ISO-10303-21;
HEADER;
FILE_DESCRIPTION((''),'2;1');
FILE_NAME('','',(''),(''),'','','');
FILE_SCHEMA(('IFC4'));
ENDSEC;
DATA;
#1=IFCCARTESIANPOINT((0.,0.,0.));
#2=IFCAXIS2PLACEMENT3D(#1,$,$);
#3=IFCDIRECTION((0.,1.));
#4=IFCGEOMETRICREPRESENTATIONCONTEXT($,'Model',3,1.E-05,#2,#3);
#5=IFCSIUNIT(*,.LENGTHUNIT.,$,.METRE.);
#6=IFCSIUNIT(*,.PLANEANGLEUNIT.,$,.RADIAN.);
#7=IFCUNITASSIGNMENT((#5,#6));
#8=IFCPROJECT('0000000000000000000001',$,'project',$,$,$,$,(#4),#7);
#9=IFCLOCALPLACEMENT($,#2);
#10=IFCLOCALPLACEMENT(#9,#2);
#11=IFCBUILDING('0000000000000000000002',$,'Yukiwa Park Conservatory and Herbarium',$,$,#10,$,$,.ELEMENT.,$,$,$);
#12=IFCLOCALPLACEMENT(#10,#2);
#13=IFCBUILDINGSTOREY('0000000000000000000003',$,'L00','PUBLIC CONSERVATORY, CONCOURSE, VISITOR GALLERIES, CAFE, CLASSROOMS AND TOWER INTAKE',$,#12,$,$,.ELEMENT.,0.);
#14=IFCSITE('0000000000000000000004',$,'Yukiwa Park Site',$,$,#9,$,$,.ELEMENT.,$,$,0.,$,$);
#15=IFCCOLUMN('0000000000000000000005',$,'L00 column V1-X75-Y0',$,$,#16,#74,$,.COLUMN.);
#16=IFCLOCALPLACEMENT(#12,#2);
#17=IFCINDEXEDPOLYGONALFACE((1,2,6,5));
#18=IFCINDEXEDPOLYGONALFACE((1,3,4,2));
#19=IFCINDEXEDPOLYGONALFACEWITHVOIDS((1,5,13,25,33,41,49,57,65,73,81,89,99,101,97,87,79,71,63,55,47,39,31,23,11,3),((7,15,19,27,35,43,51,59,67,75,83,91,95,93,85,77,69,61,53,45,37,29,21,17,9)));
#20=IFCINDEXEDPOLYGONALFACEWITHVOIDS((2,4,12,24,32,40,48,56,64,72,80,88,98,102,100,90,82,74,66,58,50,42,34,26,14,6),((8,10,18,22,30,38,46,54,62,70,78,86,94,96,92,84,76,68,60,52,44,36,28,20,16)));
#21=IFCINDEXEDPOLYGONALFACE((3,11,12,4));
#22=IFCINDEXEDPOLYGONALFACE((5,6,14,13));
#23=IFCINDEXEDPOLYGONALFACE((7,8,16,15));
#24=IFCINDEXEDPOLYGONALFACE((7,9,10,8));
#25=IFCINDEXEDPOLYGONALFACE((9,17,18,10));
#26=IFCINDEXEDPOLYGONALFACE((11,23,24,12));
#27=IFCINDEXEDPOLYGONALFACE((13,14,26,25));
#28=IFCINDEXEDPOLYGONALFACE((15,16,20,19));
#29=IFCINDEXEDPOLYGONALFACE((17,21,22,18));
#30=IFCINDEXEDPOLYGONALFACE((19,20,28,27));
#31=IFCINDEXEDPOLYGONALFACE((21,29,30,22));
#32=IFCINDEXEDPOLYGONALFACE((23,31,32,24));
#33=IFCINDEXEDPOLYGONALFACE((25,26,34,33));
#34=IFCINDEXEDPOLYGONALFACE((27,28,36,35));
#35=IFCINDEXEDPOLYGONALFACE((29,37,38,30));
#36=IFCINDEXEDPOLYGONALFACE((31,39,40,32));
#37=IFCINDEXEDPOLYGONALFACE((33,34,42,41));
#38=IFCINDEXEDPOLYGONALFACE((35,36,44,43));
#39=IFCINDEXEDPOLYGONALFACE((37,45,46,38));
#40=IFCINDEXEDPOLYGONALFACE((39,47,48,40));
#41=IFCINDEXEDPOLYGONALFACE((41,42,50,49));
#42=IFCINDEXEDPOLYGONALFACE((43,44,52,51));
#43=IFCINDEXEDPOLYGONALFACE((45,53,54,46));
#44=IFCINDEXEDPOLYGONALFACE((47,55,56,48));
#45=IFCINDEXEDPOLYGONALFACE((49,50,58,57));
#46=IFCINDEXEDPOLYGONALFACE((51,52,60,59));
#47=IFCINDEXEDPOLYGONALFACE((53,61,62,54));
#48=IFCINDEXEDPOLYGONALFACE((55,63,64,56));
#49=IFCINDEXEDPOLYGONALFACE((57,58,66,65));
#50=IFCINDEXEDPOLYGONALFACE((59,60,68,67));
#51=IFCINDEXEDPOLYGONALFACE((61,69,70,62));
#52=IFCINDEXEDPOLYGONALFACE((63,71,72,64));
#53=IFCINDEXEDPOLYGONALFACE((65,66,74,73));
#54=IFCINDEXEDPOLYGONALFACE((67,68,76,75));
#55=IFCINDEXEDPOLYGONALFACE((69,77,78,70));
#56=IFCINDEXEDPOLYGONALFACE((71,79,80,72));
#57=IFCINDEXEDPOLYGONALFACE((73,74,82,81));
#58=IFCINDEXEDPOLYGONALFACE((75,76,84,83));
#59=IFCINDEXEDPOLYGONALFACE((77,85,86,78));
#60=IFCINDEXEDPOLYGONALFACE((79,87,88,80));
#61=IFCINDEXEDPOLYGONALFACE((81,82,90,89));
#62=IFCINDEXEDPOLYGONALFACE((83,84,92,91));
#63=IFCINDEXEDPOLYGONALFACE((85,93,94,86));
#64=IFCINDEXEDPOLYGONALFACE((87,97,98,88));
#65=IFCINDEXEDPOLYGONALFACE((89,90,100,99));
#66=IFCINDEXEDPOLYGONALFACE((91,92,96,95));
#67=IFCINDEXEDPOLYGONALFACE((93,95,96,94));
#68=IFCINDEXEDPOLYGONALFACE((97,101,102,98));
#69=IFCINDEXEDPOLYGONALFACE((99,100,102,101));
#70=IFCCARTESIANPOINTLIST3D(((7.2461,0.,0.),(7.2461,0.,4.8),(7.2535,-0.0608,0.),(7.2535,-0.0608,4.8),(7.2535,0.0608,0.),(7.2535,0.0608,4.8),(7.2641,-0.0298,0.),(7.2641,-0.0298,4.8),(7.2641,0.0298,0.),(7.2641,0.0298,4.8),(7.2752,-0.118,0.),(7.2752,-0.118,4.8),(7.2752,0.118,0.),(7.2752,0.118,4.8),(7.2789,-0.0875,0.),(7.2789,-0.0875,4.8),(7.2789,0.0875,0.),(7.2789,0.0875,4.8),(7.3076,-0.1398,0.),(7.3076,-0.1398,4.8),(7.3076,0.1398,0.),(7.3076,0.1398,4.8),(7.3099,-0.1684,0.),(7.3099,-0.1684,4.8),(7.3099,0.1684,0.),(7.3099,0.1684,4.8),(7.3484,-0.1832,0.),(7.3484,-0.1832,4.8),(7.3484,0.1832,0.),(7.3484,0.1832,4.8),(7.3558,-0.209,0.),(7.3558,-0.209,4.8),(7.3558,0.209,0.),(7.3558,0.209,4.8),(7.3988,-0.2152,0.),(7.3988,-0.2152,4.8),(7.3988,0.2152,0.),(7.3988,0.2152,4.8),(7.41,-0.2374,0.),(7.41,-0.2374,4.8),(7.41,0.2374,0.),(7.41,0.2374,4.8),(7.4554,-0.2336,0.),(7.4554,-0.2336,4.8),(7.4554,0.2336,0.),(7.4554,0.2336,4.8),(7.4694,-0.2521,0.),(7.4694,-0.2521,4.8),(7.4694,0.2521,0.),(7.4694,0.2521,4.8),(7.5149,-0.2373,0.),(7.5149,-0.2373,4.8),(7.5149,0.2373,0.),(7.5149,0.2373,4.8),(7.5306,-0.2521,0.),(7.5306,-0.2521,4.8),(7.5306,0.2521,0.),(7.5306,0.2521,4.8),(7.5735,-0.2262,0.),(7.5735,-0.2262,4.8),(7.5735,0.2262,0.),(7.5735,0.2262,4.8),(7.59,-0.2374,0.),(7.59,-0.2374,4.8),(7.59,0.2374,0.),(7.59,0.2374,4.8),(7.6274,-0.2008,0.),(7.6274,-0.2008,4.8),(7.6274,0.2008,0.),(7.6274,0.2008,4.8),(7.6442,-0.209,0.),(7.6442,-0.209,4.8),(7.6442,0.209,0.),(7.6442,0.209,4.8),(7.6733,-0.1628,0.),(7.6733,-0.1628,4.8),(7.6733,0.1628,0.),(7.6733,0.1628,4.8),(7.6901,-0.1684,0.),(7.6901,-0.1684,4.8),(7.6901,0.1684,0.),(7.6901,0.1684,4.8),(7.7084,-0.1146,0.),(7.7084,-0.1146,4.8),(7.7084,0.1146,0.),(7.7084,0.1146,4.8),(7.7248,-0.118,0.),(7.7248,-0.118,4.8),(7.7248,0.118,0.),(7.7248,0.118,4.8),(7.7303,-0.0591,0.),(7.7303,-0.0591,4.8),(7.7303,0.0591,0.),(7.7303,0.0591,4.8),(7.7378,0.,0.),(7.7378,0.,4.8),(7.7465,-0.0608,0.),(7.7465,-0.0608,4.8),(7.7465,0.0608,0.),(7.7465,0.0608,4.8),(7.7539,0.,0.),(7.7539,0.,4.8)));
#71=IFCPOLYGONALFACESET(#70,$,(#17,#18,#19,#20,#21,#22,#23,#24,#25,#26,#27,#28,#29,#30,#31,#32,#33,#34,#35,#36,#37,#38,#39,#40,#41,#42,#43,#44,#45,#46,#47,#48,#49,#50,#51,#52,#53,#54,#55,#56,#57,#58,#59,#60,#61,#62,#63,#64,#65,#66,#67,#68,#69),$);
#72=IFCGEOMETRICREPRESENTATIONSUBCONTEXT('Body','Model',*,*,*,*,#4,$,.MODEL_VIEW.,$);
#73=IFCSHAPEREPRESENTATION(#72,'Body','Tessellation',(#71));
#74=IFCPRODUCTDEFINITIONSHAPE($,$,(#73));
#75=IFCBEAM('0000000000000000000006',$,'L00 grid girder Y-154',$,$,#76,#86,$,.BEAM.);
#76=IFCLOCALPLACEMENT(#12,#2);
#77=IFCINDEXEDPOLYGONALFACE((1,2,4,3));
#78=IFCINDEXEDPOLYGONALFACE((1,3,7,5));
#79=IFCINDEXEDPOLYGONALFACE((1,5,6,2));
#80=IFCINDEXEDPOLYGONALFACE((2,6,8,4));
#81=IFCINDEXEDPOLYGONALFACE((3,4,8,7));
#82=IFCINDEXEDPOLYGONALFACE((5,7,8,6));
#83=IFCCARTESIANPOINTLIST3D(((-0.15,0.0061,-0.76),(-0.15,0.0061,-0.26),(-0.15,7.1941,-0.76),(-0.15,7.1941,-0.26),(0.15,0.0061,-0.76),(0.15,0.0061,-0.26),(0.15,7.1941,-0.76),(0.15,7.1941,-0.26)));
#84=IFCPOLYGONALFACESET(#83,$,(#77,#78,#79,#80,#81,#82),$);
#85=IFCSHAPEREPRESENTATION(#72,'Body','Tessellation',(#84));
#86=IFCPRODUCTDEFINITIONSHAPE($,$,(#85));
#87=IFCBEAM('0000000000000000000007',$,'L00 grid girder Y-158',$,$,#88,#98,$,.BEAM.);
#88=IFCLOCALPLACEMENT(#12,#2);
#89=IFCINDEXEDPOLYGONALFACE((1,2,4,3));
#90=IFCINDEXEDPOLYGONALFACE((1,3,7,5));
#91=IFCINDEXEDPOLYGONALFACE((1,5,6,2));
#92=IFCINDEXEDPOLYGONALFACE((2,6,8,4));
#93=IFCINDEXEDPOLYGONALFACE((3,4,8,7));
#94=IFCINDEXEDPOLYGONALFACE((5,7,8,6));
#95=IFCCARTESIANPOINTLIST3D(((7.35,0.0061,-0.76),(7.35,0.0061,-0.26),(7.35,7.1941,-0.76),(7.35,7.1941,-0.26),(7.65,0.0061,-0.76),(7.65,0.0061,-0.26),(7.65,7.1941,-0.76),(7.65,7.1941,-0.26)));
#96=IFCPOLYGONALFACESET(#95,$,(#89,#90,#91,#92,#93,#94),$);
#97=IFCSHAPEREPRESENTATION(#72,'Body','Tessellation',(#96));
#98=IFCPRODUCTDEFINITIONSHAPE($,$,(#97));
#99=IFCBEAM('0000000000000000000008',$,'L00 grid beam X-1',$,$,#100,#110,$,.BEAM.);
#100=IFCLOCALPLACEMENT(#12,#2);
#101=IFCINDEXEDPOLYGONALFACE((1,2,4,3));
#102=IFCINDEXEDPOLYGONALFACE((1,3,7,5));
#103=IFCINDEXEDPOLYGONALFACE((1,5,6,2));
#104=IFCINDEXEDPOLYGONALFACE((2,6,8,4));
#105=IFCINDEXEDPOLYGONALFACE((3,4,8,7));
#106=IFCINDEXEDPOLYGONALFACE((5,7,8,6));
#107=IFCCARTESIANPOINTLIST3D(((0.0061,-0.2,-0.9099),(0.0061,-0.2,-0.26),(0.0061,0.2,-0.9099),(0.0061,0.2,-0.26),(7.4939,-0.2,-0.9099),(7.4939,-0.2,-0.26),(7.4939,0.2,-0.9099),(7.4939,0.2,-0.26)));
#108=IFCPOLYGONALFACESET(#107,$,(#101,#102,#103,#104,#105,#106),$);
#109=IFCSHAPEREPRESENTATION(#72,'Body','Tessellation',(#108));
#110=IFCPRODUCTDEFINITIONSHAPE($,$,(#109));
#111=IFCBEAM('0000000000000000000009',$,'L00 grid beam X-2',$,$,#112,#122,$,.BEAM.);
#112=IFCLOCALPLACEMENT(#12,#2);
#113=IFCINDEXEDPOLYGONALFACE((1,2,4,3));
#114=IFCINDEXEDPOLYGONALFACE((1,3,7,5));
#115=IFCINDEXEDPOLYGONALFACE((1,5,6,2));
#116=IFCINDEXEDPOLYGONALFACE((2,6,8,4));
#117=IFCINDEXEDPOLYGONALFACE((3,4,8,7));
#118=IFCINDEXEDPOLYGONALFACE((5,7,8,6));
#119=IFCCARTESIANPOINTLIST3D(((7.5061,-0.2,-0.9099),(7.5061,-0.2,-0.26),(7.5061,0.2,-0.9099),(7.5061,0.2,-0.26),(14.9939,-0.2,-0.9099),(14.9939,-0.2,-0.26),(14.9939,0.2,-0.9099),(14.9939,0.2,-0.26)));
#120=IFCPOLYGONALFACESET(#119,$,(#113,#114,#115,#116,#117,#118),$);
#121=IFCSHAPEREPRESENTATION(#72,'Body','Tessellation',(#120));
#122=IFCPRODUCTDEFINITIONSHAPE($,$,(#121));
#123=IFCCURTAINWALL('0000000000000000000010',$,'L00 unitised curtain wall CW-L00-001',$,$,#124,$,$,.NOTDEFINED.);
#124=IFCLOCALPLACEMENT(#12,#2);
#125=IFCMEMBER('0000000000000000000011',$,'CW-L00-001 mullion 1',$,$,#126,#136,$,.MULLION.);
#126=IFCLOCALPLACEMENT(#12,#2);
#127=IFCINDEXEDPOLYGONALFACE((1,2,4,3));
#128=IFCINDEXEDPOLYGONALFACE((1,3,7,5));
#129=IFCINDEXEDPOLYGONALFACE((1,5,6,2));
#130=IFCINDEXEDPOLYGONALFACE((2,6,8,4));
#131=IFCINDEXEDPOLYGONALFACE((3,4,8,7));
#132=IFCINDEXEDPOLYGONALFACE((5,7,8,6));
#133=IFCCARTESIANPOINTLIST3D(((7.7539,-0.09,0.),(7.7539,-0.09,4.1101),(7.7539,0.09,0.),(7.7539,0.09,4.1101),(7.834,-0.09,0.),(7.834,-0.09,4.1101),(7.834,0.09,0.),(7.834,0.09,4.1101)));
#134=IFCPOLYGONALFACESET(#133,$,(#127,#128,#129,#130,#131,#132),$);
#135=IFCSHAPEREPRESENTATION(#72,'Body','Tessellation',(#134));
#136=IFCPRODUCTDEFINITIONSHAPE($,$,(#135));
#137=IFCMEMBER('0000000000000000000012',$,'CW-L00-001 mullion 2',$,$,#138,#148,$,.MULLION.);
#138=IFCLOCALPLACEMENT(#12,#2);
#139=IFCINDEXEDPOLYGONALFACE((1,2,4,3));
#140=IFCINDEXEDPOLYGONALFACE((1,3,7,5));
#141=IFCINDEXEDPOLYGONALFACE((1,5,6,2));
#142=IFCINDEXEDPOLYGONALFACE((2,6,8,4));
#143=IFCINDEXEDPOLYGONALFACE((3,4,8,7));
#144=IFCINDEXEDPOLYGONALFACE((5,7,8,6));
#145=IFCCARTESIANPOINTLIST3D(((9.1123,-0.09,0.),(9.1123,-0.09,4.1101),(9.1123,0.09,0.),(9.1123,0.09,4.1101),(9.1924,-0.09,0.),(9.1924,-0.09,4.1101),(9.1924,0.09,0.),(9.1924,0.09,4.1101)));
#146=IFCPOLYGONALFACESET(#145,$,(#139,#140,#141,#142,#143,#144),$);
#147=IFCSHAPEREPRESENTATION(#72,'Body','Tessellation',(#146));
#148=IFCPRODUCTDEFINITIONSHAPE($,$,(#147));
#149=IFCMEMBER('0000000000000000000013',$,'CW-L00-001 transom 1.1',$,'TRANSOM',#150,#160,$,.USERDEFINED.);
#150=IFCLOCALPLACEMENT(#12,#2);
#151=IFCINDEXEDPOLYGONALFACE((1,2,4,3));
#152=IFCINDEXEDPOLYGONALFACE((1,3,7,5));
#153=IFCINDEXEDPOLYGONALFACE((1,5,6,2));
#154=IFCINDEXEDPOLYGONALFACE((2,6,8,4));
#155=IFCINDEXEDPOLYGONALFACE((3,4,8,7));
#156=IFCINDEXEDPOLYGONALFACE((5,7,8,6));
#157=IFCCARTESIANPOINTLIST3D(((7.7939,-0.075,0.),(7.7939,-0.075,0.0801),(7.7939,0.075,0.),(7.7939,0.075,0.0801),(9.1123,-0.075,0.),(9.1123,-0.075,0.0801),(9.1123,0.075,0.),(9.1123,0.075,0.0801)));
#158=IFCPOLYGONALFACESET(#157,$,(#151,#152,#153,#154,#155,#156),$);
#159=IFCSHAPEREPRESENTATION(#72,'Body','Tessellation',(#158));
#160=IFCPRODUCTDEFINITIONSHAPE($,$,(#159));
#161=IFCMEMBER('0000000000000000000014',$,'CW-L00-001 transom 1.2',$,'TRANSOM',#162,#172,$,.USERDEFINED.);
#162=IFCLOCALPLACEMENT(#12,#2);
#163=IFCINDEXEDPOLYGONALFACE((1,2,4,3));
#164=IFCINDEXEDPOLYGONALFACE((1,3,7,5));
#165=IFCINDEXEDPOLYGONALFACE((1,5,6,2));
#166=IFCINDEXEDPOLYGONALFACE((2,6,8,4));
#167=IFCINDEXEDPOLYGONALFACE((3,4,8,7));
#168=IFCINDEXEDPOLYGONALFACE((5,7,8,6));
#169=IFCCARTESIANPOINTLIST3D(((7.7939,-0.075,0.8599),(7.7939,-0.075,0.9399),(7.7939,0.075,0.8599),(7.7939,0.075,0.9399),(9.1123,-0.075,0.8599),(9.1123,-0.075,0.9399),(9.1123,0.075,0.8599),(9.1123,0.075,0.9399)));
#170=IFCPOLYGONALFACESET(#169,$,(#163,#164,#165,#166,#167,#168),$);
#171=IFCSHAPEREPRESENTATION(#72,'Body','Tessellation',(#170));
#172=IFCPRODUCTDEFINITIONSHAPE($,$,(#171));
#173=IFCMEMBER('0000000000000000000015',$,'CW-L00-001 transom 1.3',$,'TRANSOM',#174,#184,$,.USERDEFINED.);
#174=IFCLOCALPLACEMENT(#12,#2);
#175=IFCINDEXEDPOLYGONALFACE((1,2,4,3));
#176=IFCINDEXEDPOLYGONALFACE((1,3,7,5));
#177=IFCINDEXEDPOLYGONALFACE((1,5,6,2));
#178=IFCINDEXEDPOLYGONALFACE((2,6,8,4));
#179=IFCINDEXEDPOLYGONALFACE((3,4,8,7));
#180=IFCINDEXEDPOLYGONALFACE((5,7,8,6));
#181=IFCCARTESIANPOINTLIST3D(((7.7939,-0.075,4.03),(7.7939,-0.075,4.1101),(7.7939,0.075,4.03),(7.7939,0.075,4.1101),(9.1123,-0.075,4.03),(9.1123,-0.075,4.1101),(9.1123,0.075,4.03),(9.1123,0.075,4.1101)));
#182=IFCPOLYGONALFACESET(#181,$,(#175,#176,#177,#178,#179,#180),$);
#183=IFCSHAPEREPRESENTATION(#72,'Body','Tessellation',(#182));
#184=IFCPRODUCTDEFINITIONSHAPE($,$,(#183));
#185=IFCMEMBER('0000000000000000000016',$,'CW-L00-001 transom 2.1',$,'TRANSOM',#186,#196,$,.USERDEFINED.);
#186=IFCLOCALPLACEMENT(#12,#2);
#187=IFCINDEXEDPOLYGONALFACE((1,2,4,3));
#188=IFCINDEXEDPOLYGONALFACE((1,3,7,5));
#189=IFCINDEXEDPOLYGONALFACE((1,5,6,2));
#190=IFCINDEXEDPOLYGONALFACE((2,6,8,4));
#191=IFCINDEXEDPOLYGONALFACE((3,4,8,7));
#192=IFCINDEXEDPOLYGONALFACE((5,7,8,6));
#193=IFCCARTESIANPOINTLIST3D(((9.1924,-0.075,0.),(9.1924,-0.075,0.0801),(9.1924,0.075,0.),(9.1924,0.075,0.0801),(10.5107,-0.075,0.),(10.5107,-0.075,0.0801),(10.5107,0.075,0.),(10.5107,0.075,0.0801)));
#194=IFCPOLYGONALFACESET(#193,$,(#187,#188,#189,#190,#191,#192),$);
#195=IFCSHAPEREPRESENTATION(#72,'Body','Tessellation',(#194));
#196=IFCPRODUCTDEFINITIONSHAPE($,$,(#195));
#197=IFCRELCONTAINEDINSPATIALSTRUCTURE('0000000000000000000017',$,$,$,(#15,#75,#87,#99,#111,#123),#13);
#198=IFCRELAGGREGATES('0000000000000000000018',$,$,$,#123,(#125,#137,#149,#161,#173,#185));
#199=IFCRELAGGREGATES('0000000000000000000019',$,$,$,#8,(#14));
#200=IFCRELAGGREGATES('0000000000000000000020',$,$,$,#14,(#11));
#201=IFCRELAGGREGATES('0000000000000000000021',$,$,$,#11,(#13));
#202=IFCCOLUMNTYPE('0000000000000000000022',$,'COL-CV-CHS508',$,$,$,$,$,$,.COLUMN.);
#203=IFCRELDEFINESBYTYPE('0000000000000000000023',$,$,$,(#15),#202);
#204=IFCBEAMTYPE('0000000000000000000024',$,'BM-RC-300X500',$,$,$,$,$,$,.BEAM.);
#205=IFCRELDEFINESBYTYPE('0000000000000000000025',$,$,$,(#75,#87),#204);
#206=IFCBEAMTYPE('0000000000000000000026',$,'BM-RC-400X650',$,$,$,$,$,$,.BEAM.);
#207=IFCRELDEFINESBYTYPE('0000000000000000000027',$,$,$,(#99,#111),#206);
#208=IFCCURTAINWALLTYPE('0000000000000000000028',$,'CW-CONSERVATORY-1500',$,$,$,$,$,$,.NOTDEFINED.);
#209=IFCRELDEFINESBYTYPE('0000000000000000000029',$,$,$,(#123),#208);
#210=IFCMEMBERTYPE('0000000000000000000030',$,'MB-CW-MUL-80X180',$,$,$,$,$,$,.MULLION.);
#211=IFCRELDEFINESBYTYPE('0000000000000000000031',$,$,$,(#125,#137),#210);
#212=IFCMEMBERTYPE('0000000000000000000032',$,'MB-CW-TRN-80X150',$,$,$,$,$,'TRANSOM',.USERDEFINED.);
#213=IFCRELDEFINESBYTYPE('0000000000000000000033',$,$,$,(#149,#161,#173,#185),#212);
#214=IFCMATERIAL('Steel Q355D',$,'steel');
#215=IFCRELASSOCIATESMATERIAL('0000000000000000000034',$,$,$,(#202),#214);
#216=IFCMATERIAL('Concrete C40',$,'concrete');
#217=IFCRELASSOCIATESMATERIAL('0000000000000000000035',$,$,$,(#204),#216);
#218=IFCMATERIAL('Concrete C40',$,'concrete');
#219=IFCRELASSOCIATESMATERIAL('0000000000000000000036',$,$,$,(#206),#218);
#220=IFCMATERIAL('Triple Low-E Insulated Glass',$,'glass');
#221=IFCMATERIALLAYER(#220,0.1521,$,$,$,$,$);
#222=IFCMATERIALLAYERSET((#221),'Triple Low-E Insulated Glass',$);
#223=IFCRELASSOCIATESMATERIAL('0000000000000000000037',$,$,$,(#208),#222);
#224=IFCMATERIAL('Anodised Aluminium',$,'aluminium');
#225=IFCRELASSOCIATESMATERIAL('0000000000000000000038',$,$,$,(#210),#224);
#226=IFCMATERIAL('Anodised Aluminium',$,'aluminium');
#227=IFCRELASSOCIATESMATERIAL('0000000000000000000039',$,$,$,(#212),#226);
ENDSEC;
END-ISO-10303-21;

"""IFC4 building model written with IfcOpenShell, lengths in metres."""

from ifc_helpers import new_model, si_unit, direction, frame, origin, origin_2d, place, context, subcontext, project, spatial, rectangle, hollow_circle, extrude, material, layer, layer_set, material_profile, profile_set, type_object, element, aggregate, save


model = new_model("IFC4")

# Units and contexts
model_context = context("Model", 3, precision=1e-05, world=origin(), true_north=direction((0.0, 1.0)))
body_context = subcontext(model_context, "Body", "Model", "MODEL_VIEW")
ifc_project = project(units=[si_unit("LENGTHUNIT", "METRE"), si_unit("PLANEANGLEUNIT", "RADIAN")], contexts=[model_context])

# Site, building, storey
site_placement = place(None, origin())
site = spatial("IfcSite", under=ifc_project, at=site_placement, Name="Yukiwa Park Site", CompositionType="ELEMENT", RefElevation=0.0)
building_placement = place(site_placement, origin())
building = spatial("IfcBuilding", under=site, at=building_placement, Name="Yukiwa Park Conservatory and Herbarium", CompositionType="ELEMENT")
storey_placement = place(building_placement, origin())
storey = spatial("IfcBuildingStorey", under=building, at=storey_placement, Name="L00", Description="PUBLIC CONSERVATORY, CONCOURSE, VISITOR GALLERIES, CAFE, CLASSROOMS AND TOWER INTAKE", CompositionType="ELEMENT", Elevation=0.0)

# Column
ifc_material_1 = material(Name="Steel Q355D", Category="steel")
ifc_material_profile_1 = material_profile(ifc_material_1, hollow_circle(Radius=0.2539, WallThickness=0.0161, at=origin_2d()), Name="CHS 508x16")
ifc_profile_set_1 = profile_set([ifc_material_profile_1], Name="Steel Q355D")
column_type = type_object("IfcColumnType", Name="COL-CV-CHS508", PredefinedType="COLUMN", material=ifc_profile_set_1)
column_placement = place(storey_placement, frame((7.5, 0.0, 0.0), z_axis=(0.0, 0.0, 1.0), x_axis=(1.0, 0.0, 0.0)))
element("IfcColumn", 1, at=column_placement, inside=storey, type_object=column_type, Name="L00 column V1-X75-Y0", PredefinedType="COLUMN", context=body_context, shape_type="SweptSolid", body=[
    extrude(hollow_circle(Radius=0.2539, WallThickness=0.0161, at=origin_2d()), origin(), (0.0, 0.0, 1.0), 4.8),
])

# Beams
ifc_material_2 = material(Name="Concrete C40", Category="concrete")
ifc_material_profile_2 = material_profile(ifc_material_2, rectangle(XDim=0.3, YDim=0.5, at=origin_2d()), Name="RC 300x500")
ifc_profile_set_2 = profile_set([ifc_material_profile_2], Name="Concrete C40")
beam_type_1 = type_object("IfcBeamType", Name="BM-RC-300X500", PredefinedType="BEAM", material=ifc_profile_set_2)
for number, where, z_axis, x_axis, name in (
    (2, (0.0, 0.0061, -0.51), (0.0, 1.0, 0.0), (-1.0, 0.0, 0.0), "L00 grid girder Y-154"),
    (3, (7.5, 0.0061, -0.51), (0.0, 1.0, 0.0), (-1.0, 0.0, 0.0), "L00 grid girder Y-158"),
):
    element("IfcBeam", number, at=place(storey_placement, frame(where, z_axis=z_axis, x_axis=x_axis)), inside=storey, type_object=beam_type_1, Name=name, PredefinedType="BEAM", context=body_context, shape_type="SweptSolid", body=[
        extrude(rectangle(XDim=0.3, YDim=0.5, at=origin_2d()), origin(), (0.0, 0.0, 1.0), 7.188),
    ])
ifc_material_3 = material(Name="Concrete C40", Category="concrete")
ifc_material_profile_3 = material_profile(ifc_material_3, rectangle(XDim=0.3999, YDim=0.6499, at=origin_2d()), Name="RC 400x650")
ifc_profile_set_3 = profile_set([ifc_material_profile_3], Name="Concrete C40")
beam_type_2 = type_object("IfcBeamType", Name="BM-RC-400X650", PredefinedType="BEAM", material=ifc_profile_set_3)
for number, where, z_axis, x_axis, name in (
    (4, (0.0061, 0.0, -0.585), (1.0, 0.0, 0.0), (0.0, 1.0, 0.0), "L00 grid beam X-1"),
    (5, (7.5061, 0.0, -0.585), (1.0, 0.0, 0.0), (0.0, 1.0, 0.0), "L00 grid beam X-2"),
):
    element("IfcBeam", number, at=place(storey_placement, frame(where, z_axis=z_axis, x_axis=x_axis)), inside=storey, type_object=beam_type_2, Name=name, PredefinedType="BEAM", context=body_context, shape_type="SweptSolid", body=[
        extrude(rectangle(XDim=0.3999, YDim=0.6499, at=origin_2d()), origin(), (0.0, 0.0, 1.0), 7.4878),
    ])

# Curtain wall, members
ifc_material_4 = material(Name="Triple Low-E Insulated Glass", Category="glass")
ifc_layer_1 = layer(ifc_material_4, 0.1521)
ifc_layer_set_1 = layer_set([ifc_layer_1], Name="Triple Low-E Insulated Glass")
curtain_wall_type = type_object("IfcCurtainWallType", Name="CW-CONSERVATORY-1500", PredefinedType="NOTDEFINED", material=ifc_layer_set_1)
curtain_wall_placement = place(storey_placement, origin())
curtain_wall = element("IfcCurtainWall", 6, at=curtain_wall_placement, inside=storey, type_object=curtain_wall_type, Name="L00 unitised curtain wall CW-L00-001", PredefinedType="NOTDEFINED")
ifc_material_5 = material(Name="Anodised Aluminium", Category="aluminium")
member_type_1 = type_object("IfcMemberType", Name="MB-CW-MUL-80X180", PredefinedType="MULLION", material=ifc_material_5)
member_1_placement = place(storey_placement, frame((7.7939, 0.0, 0.0), z_axis=(0.0, 0.0, 1.0), x_axis=(1.0, 0.0, 0.0)))
member_1 = element("IfcMember", 7, at=member_1_placement, type_object=member_type_1, Name="CW-L00-001 mullion 1", PredefinedType="MULLION", context=body_context, shape_type="SweptSolid", body=[
    extrude(rectangle(XDim=0.0801, YDim=0.1799, at=origin_2d()), origin(), (0.0, 0.0, 1.0), 4.1101),
])
member_2_placement = place(storey_placement, frame((9.1523, 0.0, 0.0), z_axis=(0.0, 0.0, 1.0), x_axis=(1.0, 0.0, 0.0)))
member_2 = element("IfcMember", 8, at=member_2_placement, type_object=member_type_1, Name="CW-L00-001 mullion 2", PredefinedType="MULLION", context=body_context, shape_type="SweptSolid", body=[
    extrude(rectangle(XDim=0.0801, YDim=0.1799, at=origin_2d()), origin(), (0.0, 0.0, 1.0), 4.1101),
])
ifc_material_6 = material(Name="Anodised Aluminium", Category="aluminium")
member_type_2 = type_object("IfcMemberType", Name="MB-CW-TRN-80X150", ElementType="TRANSOM", PredefinedType="USERDEFINED", material=ifc_material_6)
member_3_placement = place(storey_placement, frame((8.4531, 0.0, 0.0), z_axis=(0.0, 0.0, 1.0), x_axis=(1.0, 0.0, 0.0)))
member_3 = element("IfcMember", 9, at=member_3_placement, type_object=member_type_2, Name="CW-L00-001 transom 1.1", ObjectType="TRANSOM", PredefinedType="USERDEFINED", context=body_context, shape_type="SweptSolid", body=[
    extrude(rectangle(XDim=1.3184, YDim=0.1499, at=origin_2d()), origin(), (0.0, 0.0, 1.0), 0.0801),
])
member_4_placement = place(storey_placement, frame((8.4531, 0.0, 0.8599), z_axis=(0.0, 0.0, 1.0), x_axis=(1.0, 0.0, 0.0)))
member_4 = element("IfcMember", 10, at=member_4_placement, type_object=member_type_2, Name="CW-L00-001 transom 1.2", ObjectType="TRANSOM", PredefinedType="USERDEFINED", context=body_context, shape_type="SweptSolid", body=[
    extrude(rectangle(XDim=1.3184, YDim=0.1499, at=origin_2d()), origin(), (0.0, 0.0, 1.0), 0.0801),
])
member_5_placement = place(storey_placement, frame((8.4531, 0.0, 4.03), z_axis=(0.0, 0.0, 1.0), x_axis=(1.0, 0.0, 0.0)))
member_5 = element("IfcMember", 11, at=member_5_placement, type_object=member_type_2, Name="CW-L00-001 transom 1.3", ObjectType="TRANSOM", PredefinedType="USERDEFINED", context=body_context, shape_type="SweptSolid", body=[
    extrude(rectangle(XDim=1.3184, YDim=0.1499, at=origin_2d()), origin(), (0.0, 0.0, 1.0), 0.0801),
])
member_6_placement = place(storey_placement, frame((9.8516, 0.0, 0.0), z_axis=(0.0, 0.0, 1.0), x_axis=(1.0, 0.0, 0.0)))
member_6 = element("IfcMember", 12, at=member_6_placement, type_object=member_type_2, Name="CW-L00-001 transom 2.1", ObjectType="TRANSOM", PredefinedType="USERDEFINED", context=body_context, shape_type="SweptSolid", body=[
    extrude(rectangle(XDim=1.3184, YDim=0.1499, at=origin_2d()), origin(), (0.0, 0.0, 1.0), 0.0801),
])
aggregate(curtain_wall, [member_1, member_2, member_3, member_4, member_5, member_6])

save(model, "model.ifc")
